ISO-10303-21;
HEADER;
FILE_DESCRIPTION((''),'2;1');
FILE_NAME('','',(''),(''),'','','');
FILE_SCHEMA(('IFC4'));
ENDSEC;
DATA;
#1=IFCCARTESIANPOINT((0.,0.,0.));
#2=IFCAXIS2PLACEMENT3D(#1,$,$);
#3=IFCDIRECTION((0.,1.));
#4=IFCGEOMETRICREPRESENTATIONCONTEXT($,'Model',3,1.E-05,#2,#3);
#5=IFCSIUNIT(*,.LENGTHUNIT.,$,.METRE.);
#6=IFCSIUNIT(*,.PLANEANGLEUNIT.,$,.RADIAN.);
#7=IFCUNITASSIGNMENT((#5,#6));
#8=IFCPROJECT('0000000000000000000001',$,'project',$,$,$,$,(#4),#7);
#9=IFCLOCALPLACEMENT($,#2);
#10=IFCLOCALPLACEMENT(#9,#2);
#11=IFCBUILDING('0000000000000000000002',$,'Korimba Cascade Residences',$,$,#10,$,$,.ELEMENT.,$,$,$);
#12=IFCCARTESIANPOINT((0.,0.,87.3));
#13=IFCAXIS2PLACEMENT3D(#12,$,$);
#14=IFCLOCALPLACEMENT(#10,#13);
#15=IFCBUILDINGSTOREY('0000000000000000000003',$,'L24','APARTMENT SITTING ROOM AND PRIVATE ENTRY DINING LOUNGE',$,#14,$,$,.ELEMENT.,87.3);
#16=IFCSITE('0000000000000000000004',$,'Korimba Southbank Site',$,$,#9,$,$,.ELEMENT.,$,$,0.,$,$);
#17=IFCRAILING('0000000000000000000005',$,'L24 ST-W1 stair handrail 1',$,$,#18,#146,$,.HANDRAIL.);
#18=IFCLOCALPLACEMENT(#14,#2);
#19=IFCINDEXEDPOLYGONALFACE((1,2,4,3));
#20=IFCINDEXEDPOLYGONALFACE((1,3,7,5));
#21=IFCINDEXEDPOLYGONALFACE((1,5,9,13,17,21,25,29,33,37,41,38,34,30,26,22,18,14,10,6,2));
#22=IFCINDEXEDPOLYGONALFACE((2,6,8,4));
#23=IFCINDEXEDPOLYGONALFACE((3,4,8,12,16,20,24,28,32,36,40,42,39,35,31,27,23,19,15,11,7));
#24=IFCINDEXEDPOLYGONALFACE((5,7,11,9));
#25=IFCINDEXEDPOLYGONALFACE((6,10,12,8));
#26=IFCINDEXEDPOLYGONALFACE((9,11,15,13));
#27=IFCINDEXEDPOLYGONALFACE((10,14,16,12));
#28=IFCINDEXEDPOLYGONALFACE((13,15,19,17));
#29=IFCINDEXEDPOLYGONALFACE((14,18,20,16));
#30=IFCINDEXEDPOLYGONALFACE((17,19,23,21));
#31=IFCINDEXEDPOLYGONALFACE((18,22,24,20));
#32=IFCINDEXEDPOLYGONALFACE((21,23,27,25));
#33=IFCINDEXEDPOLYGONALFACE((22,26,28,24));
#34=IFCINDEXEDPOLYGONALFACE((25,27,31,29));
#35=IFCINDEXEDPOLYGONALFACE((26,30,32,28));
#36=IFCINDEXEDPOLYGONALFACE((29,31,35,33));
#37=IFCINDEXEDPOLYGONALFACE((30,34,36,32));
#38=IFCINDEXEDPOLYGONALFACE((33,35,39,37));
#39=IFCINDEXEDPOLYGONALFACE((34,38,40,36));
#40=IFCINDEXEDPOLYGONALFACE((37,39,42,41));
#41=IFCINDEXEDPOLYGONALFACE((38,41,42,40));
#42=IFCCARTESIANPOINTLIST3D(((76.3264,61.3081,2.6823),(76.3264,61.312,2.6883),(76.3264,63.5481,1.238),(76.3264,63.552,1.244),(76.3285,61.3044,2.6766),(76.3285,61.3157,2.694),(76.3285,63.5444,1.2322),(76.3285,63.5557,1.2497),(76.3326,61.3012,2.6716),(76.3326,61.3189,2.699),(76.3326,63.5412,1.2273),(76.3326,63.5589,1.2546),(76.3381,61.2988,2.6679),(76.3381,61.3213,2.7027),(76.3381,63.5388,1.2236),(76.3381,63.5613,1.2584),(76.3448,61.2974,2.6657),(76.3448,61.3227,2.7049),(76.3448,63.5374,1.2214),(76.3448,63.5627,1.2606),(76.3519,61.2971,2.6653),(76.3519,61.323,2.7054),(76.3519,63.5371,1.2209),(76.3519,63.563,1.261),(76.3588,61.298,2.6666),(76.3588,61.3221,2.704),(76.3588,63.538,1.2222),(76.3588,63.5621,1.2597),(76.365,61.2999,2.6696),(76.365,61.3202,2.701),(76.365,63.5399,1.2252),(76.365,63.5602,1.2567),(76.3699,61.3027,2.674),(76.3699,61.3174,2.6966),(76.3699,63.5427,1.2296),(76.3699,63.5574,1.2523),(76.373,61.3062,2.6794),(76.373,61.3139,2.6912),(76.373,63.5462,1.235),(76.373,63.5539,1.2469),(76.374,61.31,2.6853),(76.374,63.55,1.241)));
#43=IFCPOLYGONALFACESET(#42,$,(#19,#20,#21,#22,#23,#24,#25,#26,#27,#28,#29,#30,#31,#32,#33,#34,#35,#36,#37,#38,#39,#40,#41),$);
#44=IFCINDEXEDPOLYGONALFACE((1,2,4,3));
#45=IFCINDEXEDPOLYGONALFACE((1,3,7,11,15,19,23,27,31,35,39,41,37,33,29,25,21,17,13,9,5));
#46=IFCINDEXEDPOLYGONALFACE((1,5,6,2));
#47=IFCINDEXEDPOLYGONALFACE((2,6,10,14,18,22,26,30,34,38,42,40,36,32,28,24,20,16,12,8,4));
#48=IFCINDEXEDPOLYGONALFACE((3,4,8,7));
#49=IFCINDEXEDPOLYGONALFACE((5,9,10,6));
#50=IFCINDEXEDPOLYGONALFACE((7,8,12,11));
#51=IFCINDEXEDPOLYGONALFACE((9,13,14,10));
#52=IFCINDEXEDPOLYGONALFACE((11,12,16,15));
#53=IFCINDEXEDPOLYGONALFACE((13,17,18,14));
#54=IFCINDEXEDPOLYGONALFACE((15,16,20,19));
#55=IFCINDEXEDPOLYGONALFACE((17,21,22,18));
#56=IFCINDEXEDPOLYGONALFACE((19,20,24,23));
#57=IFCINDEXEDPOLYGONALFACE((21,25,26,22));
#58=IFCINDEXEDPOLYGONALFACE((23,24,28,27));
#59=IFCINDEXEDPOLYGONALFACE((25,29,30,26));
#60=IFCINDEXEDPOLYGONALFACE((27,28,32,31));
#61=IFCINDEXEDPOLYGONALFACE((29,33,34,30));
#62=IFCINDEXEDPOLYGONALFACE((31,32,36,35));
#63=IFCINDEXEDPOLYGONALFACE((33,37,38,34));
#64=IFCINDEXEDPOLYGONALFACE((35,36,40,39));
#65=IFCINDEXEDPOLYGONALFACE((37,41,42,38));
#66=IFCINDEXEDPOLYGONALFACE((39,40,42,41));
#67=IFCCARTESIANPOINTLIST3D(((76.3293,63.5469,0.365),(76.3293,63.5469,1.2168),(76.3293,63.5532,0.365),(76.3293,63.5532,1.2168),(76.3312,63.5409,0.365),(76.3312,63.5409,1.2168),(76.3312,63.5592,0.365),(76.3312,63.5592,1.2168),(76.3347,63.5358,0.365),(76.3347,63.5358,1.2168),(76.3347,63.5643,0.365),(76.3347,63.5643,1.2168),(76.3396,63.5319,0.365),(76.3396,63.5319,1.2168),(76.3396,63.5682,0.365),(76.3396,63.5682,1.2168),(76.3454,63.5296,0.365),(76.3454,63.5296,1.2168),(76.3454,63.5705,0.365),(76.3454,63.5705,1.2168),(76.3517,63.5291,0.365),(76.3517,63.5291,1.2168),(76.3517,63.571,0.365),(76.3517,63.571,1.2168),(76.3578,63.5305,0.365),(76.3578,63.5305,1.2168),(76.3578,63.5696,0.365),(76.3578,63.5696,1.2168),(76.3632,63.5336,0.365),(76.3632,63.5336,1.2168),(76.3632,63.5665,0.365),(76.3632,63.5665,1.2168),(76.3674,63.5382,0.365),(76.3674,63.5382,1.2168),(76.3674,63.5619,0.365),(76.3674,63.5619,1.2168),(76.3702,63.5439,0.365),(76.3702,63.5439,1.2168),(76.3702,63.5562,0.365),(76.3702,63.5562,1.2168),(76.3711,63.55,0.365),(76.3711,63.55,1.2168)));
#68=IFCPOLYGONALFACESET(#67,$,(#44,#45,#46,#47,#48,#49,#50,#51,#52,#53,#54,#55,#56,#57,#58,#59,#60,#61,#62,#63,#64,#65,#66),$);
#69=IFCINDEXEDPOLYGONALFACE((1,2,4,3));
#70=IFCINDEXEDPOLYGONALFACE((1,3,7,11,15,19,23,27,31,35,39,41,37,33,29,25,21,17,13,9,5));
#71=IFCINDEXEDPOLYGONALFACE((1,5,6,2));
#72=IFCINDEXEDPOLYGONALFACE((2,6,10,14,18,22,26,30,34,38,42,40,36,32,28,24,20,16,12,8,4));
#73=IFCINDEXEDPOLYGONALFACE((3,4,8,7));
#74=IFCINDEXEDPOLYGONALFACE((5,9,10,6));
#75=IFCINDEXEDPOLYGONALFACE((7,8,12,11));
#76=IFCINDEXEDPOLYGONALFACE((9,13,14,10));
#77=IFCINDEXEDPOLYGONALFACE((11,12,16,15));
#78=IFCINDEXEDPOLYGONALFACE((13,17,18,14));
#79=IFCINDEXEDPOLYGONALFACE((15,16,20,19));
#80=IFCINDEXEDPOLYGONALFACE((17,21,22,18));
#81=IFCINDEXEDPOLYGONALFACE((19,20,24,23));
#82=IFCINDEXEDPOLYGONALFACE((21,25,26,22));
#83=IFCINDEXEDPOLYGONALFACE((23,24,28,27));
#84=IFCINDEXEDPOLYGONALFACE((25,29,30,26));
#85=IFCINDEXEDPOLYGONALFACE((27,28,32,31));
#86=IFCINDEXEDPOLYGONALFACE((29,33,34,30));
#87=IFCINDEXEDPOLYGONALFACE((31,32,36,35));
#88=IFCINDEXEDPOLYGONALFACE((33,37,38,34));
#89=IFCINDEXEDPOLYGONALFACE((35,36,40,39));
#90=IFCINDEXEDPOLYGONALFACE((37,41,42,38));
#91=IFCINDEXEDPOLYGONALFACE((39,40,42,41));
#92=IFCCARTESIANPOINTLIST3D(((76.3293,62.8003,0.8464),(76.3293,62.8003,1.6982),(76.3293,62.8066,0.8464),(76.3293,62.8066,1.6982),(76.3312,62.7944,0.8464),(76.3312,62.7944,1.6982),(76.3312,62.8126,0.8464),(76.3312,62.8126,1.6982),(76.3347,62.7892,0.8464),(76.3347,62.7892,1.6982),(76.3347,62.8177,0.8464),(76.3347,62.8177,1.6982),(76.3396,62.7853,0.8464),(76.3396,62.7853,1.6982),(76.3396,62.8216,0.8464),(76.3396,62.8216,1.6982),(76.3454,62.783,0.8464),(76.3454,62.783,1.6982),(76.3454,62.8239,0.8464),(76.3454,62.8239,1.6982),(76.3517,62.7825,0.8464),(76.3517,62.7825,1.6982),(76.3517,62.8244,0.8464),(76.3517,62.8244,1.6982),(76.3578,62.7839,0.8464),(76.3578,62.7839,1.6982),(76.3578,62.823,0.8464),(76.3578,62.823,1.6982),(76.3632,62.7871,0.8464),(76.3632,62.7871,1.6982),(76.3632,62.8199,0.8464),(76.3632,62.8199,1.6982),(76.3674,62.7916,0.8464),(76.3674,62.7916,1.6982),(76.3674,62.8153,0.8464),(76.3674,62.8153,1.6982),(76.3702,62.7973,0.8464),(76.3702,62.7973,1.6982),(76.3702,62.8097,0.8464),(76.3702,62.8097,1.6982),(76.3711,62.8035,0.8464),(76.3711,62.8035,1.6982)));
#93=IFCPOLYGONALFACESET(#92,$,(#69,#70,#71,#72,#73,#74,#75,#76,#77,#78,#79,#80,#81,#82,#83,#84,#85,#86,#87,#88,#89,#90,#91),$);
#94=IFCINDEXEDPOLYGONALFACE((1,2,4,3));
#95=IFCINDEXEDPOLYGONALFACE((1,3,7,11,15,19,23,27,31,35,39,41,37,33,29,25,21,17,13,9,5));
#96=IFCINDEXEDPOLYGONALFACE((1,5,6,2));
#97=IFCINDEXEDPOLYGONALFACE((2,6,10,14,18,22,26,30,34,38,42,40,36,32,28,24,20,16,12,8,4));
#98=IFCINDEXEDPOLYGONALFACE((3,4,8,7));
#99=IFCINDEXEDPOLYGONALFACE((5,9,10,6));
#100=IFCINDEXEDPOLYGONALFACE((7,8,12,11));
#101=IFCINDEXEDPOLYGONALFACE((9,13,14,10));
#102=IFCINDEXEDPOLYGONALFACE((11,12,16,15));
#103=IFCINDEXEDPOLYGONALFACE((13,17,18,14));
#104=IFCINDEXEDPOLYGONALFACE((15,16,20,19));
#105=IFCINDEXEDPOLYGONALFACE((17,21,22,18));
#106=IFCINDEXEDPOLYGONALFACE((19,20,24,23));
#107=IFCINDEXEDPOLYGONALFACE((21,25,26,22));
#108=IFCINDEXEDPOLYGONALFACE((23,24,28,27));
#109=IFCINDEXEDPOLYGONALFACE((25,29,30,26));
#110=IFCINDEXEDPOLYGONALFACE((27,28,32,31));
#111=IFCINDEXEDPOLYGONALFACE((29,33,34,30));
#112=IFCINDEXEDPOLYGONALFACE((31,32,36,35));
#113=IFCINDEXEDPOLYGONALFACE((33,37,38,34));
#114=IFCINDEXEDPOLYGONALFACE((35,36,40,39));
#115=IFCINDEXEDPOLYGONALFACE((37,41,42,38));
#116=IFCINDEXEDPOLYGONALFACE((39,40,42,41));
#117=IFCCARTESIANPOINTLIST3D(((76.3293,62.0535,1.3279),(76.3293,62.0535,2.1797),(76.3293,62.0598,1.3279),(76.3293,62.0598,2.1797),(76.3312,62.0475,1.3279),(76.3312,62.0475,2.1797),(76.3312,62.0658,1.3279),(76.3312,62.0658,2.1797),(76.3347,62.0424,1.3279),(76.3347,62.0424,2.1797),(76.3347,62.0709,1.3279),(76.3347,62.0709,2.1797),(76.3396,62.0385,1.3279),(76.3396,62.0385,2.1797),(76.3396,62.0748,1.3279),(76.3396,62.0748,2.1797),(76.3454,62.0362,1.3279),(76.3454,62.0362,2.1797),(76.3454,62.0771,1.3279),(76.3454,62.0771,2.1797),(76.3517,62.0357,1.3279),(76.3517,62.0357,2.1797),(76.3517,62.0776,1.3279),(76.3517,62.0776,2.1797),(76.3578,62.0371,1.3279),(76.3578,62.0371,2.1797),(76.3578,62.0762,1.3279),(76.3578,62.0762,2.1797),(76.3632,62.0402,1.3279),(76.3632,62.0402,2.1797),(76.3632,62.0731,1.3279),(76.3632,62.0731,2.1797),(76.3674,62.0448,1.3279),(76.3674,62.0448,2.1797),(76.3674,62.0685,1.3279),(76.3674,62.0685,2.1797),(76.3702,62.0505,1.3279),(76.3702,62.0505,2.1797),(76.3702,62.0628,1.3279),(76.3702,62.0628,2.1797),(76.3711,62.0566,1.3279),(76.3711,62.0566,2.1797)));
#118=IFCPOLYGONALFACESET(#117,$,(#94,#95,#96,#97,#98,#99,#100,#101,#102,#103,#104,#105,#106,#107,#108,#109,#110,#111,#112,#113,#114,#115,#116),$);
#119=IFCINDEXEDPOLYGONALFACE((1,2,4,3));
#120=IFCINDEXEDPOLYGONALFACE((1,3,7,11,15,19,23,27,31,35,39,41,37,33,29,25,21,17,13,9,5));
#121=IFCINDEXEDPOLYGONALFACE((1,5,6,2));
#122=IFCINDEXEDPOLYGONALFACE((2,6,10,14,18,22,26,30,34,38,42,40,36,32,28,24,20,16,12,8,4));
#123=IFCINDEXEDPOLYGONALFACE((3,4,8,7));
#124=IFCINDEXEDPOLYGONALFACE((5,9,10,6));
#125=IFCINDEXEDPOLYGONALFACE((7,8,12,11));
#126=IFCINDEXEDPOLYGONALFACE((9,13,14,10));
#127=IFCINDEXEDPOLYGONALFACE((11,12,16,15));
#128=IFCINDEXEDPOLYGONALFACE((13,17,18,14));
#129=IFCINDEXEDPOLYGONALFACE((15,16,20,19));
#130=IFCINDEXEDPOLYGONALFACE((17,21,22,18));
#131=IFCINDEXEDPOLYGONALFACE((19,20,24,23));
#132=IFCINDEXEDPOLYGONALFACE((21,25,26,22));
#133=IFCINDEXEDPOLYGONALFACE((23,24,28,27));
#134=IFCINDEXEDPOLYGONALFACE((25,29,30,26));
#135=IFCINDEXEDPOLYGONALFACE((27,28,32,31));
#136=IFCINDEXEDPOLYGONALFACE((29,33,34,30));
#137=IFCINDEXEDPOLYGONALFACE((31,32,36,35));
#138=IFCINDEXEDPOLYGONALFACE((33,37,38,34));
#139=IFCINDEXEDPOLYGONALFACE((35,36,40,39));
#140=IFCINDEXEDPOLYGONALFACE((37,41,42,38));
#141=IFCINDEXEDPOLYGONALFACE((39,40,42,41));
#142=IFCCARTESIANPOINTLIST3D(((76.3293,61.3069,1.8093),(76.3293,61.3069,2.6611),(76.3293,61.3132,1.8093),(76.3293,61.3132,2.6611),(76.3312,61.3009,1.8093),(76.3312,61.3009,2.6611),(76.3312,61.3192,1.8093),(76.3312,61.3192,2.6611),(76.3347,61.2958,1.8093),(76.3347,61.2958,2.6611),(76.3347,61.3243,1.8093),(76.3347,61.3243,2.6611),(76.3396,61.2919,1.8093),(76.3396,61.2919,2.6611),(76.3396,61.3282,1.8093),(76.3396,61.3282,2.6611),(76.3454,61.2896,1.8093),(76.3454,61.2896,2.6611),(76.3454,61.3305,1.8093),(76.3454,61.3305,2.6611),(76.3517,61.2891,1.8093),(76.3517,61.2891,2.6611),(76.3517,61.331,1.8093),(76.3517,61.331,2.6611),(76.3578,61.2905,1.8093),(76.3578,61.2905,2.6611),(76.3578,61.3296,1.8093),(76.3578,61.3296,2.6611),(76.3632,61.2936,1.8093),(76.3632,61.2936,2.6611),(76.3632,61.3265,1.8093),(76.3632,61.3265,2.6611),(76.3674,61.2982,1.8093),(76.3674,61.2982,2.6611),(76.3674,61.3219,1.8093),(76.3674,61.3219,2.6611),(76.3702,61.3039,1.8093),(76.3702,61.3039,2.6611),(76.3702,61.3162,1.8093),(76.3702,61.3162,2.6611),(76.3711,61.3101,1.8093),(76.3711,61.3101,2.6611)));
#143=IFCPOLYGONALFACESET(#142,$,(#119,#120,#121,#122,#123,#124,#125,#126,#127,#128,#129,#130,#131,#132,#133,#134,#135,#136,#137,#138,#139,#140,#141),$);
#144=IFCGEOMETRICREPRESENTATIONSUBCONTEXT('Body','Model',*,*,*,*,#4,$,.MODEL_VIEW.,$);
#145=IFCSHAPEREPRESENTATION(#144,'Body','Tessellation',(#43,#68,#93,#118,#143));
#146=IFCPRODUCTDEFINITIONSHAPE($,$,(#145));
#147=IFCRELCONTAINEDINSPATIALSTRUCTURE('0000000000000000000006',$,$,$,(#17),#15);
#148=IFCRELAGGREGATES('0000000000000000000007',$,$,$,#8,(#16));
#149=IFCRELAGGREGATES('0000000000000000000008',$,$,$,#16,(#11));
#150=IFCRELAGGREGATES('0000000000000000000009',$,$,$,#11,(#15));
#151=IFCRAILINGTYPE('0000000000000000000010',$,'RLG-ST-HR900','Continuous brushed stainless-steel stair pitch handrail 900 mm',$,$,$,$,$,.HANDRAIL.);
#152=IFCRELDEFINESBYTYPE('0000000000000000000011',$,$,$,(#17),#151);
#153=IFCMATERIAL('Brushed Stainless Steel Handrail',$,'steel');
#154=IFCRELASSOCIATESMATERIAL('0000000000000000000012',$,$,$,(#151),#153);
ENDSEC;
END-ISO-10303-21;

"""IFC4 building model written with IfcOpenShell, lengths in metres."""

from ifc_helpers import new_model, si_unit, direction, frame, origin, origin_2d, place, context, subcontext, project, spatial, circle, extrude, material, type_object, element, save


model = new_model("IFC4")

# Units and contexts
model_context = context("Model", 3, precision=1e-05, world=origin(), true_north=direction((0.0, 1.0)))
body_context = subcontext(model_context, "Body", "Model", "MODEL_VIEW")
ifc_project = project(units=[si_unit("LENGTHUNIT", "METRE"), si_unit("PLANEANGLEUNIT", "RADIAN")], contexts=[model_context])

# Site, building, storey
site_placement = place(None, origin())
site = spatial("IfcSite", under=ifc_project, at=site_placement, Name="Korimba Southbank Site", CompositionType="ELEMENT", RefElevation=0.0)
building_placement = place(site_placement, origin())
building = spatial("IfcBuilding", under=site, at=building_placement, Name="Korimba Cascade Residences", CompositionType="ELEMENT")
storey_placement = place(building_placement, frame((0.0, 0.0, 87.3)))
storey = spatial("IfcBuildingStorey", under=building, at=storey_placement, Name="L24", Description="APARTMENT SITTING ROOM AND PRIVATE ENTRY DINING LOUNGE", CompositionType="ELEMENT", Elevation=87.3)

# Railing
ifc_material_1 = material(Name="Brushed Stainless Steel Handrail", Category="steel")
railing_type_1 = type_object("IfcRailingType", Name="RLG-ST-HR900", Description="Continuous brushed stainless-steel stair pitch handrail 900 mm", PredefinedType="HANDRAIL", material=ifc_material_1)
railing_1_placement = place(storey_placement, frame((76.3501, 63.55, 0.365)))
element("IfcRailing", 1, at=railing_1_placement, inside=storey, type_object=railing_type_1, Name="L24 ST-W1 stair handrail 1", PredefinedType="HANDRAIL", context=body_context, shape_type="SweptSolid", body=[
    extrude(circle(Radius=0.0239, at=origin_2d()), frame((0.0, 0.0, 0.876), z_axis=(0.0, -0.840437, 0.54191), x_axis=(1.0, 0.0, 0.0)), (0.0, 0.0, 1.0), 2.6653),
    extrude(circle(Radius=0.021, at=origin_2d()), origin(), (0.0, 0.0, 1.0), 0.8518),
    extrude(circle(Radius=0.021, at=origin_2d()), frame((0.0, -0.7466, 0.4814)), (0.0, 0.0, 1.0), 0.8518),
    extrude(circle(Radius=0.021, at=origin_2d()), frame((0.0, -1.4934, 0.9629)), (0.0, 0.0, 1.0), 0.8518),
    extrude(circle(Radius=0.021, at=origin_2d()), frame((0.0, -2.24, 1.4443)), (0.0, 0.0, 1.0), 0.8518),
])

save(model, "model.ifc")
